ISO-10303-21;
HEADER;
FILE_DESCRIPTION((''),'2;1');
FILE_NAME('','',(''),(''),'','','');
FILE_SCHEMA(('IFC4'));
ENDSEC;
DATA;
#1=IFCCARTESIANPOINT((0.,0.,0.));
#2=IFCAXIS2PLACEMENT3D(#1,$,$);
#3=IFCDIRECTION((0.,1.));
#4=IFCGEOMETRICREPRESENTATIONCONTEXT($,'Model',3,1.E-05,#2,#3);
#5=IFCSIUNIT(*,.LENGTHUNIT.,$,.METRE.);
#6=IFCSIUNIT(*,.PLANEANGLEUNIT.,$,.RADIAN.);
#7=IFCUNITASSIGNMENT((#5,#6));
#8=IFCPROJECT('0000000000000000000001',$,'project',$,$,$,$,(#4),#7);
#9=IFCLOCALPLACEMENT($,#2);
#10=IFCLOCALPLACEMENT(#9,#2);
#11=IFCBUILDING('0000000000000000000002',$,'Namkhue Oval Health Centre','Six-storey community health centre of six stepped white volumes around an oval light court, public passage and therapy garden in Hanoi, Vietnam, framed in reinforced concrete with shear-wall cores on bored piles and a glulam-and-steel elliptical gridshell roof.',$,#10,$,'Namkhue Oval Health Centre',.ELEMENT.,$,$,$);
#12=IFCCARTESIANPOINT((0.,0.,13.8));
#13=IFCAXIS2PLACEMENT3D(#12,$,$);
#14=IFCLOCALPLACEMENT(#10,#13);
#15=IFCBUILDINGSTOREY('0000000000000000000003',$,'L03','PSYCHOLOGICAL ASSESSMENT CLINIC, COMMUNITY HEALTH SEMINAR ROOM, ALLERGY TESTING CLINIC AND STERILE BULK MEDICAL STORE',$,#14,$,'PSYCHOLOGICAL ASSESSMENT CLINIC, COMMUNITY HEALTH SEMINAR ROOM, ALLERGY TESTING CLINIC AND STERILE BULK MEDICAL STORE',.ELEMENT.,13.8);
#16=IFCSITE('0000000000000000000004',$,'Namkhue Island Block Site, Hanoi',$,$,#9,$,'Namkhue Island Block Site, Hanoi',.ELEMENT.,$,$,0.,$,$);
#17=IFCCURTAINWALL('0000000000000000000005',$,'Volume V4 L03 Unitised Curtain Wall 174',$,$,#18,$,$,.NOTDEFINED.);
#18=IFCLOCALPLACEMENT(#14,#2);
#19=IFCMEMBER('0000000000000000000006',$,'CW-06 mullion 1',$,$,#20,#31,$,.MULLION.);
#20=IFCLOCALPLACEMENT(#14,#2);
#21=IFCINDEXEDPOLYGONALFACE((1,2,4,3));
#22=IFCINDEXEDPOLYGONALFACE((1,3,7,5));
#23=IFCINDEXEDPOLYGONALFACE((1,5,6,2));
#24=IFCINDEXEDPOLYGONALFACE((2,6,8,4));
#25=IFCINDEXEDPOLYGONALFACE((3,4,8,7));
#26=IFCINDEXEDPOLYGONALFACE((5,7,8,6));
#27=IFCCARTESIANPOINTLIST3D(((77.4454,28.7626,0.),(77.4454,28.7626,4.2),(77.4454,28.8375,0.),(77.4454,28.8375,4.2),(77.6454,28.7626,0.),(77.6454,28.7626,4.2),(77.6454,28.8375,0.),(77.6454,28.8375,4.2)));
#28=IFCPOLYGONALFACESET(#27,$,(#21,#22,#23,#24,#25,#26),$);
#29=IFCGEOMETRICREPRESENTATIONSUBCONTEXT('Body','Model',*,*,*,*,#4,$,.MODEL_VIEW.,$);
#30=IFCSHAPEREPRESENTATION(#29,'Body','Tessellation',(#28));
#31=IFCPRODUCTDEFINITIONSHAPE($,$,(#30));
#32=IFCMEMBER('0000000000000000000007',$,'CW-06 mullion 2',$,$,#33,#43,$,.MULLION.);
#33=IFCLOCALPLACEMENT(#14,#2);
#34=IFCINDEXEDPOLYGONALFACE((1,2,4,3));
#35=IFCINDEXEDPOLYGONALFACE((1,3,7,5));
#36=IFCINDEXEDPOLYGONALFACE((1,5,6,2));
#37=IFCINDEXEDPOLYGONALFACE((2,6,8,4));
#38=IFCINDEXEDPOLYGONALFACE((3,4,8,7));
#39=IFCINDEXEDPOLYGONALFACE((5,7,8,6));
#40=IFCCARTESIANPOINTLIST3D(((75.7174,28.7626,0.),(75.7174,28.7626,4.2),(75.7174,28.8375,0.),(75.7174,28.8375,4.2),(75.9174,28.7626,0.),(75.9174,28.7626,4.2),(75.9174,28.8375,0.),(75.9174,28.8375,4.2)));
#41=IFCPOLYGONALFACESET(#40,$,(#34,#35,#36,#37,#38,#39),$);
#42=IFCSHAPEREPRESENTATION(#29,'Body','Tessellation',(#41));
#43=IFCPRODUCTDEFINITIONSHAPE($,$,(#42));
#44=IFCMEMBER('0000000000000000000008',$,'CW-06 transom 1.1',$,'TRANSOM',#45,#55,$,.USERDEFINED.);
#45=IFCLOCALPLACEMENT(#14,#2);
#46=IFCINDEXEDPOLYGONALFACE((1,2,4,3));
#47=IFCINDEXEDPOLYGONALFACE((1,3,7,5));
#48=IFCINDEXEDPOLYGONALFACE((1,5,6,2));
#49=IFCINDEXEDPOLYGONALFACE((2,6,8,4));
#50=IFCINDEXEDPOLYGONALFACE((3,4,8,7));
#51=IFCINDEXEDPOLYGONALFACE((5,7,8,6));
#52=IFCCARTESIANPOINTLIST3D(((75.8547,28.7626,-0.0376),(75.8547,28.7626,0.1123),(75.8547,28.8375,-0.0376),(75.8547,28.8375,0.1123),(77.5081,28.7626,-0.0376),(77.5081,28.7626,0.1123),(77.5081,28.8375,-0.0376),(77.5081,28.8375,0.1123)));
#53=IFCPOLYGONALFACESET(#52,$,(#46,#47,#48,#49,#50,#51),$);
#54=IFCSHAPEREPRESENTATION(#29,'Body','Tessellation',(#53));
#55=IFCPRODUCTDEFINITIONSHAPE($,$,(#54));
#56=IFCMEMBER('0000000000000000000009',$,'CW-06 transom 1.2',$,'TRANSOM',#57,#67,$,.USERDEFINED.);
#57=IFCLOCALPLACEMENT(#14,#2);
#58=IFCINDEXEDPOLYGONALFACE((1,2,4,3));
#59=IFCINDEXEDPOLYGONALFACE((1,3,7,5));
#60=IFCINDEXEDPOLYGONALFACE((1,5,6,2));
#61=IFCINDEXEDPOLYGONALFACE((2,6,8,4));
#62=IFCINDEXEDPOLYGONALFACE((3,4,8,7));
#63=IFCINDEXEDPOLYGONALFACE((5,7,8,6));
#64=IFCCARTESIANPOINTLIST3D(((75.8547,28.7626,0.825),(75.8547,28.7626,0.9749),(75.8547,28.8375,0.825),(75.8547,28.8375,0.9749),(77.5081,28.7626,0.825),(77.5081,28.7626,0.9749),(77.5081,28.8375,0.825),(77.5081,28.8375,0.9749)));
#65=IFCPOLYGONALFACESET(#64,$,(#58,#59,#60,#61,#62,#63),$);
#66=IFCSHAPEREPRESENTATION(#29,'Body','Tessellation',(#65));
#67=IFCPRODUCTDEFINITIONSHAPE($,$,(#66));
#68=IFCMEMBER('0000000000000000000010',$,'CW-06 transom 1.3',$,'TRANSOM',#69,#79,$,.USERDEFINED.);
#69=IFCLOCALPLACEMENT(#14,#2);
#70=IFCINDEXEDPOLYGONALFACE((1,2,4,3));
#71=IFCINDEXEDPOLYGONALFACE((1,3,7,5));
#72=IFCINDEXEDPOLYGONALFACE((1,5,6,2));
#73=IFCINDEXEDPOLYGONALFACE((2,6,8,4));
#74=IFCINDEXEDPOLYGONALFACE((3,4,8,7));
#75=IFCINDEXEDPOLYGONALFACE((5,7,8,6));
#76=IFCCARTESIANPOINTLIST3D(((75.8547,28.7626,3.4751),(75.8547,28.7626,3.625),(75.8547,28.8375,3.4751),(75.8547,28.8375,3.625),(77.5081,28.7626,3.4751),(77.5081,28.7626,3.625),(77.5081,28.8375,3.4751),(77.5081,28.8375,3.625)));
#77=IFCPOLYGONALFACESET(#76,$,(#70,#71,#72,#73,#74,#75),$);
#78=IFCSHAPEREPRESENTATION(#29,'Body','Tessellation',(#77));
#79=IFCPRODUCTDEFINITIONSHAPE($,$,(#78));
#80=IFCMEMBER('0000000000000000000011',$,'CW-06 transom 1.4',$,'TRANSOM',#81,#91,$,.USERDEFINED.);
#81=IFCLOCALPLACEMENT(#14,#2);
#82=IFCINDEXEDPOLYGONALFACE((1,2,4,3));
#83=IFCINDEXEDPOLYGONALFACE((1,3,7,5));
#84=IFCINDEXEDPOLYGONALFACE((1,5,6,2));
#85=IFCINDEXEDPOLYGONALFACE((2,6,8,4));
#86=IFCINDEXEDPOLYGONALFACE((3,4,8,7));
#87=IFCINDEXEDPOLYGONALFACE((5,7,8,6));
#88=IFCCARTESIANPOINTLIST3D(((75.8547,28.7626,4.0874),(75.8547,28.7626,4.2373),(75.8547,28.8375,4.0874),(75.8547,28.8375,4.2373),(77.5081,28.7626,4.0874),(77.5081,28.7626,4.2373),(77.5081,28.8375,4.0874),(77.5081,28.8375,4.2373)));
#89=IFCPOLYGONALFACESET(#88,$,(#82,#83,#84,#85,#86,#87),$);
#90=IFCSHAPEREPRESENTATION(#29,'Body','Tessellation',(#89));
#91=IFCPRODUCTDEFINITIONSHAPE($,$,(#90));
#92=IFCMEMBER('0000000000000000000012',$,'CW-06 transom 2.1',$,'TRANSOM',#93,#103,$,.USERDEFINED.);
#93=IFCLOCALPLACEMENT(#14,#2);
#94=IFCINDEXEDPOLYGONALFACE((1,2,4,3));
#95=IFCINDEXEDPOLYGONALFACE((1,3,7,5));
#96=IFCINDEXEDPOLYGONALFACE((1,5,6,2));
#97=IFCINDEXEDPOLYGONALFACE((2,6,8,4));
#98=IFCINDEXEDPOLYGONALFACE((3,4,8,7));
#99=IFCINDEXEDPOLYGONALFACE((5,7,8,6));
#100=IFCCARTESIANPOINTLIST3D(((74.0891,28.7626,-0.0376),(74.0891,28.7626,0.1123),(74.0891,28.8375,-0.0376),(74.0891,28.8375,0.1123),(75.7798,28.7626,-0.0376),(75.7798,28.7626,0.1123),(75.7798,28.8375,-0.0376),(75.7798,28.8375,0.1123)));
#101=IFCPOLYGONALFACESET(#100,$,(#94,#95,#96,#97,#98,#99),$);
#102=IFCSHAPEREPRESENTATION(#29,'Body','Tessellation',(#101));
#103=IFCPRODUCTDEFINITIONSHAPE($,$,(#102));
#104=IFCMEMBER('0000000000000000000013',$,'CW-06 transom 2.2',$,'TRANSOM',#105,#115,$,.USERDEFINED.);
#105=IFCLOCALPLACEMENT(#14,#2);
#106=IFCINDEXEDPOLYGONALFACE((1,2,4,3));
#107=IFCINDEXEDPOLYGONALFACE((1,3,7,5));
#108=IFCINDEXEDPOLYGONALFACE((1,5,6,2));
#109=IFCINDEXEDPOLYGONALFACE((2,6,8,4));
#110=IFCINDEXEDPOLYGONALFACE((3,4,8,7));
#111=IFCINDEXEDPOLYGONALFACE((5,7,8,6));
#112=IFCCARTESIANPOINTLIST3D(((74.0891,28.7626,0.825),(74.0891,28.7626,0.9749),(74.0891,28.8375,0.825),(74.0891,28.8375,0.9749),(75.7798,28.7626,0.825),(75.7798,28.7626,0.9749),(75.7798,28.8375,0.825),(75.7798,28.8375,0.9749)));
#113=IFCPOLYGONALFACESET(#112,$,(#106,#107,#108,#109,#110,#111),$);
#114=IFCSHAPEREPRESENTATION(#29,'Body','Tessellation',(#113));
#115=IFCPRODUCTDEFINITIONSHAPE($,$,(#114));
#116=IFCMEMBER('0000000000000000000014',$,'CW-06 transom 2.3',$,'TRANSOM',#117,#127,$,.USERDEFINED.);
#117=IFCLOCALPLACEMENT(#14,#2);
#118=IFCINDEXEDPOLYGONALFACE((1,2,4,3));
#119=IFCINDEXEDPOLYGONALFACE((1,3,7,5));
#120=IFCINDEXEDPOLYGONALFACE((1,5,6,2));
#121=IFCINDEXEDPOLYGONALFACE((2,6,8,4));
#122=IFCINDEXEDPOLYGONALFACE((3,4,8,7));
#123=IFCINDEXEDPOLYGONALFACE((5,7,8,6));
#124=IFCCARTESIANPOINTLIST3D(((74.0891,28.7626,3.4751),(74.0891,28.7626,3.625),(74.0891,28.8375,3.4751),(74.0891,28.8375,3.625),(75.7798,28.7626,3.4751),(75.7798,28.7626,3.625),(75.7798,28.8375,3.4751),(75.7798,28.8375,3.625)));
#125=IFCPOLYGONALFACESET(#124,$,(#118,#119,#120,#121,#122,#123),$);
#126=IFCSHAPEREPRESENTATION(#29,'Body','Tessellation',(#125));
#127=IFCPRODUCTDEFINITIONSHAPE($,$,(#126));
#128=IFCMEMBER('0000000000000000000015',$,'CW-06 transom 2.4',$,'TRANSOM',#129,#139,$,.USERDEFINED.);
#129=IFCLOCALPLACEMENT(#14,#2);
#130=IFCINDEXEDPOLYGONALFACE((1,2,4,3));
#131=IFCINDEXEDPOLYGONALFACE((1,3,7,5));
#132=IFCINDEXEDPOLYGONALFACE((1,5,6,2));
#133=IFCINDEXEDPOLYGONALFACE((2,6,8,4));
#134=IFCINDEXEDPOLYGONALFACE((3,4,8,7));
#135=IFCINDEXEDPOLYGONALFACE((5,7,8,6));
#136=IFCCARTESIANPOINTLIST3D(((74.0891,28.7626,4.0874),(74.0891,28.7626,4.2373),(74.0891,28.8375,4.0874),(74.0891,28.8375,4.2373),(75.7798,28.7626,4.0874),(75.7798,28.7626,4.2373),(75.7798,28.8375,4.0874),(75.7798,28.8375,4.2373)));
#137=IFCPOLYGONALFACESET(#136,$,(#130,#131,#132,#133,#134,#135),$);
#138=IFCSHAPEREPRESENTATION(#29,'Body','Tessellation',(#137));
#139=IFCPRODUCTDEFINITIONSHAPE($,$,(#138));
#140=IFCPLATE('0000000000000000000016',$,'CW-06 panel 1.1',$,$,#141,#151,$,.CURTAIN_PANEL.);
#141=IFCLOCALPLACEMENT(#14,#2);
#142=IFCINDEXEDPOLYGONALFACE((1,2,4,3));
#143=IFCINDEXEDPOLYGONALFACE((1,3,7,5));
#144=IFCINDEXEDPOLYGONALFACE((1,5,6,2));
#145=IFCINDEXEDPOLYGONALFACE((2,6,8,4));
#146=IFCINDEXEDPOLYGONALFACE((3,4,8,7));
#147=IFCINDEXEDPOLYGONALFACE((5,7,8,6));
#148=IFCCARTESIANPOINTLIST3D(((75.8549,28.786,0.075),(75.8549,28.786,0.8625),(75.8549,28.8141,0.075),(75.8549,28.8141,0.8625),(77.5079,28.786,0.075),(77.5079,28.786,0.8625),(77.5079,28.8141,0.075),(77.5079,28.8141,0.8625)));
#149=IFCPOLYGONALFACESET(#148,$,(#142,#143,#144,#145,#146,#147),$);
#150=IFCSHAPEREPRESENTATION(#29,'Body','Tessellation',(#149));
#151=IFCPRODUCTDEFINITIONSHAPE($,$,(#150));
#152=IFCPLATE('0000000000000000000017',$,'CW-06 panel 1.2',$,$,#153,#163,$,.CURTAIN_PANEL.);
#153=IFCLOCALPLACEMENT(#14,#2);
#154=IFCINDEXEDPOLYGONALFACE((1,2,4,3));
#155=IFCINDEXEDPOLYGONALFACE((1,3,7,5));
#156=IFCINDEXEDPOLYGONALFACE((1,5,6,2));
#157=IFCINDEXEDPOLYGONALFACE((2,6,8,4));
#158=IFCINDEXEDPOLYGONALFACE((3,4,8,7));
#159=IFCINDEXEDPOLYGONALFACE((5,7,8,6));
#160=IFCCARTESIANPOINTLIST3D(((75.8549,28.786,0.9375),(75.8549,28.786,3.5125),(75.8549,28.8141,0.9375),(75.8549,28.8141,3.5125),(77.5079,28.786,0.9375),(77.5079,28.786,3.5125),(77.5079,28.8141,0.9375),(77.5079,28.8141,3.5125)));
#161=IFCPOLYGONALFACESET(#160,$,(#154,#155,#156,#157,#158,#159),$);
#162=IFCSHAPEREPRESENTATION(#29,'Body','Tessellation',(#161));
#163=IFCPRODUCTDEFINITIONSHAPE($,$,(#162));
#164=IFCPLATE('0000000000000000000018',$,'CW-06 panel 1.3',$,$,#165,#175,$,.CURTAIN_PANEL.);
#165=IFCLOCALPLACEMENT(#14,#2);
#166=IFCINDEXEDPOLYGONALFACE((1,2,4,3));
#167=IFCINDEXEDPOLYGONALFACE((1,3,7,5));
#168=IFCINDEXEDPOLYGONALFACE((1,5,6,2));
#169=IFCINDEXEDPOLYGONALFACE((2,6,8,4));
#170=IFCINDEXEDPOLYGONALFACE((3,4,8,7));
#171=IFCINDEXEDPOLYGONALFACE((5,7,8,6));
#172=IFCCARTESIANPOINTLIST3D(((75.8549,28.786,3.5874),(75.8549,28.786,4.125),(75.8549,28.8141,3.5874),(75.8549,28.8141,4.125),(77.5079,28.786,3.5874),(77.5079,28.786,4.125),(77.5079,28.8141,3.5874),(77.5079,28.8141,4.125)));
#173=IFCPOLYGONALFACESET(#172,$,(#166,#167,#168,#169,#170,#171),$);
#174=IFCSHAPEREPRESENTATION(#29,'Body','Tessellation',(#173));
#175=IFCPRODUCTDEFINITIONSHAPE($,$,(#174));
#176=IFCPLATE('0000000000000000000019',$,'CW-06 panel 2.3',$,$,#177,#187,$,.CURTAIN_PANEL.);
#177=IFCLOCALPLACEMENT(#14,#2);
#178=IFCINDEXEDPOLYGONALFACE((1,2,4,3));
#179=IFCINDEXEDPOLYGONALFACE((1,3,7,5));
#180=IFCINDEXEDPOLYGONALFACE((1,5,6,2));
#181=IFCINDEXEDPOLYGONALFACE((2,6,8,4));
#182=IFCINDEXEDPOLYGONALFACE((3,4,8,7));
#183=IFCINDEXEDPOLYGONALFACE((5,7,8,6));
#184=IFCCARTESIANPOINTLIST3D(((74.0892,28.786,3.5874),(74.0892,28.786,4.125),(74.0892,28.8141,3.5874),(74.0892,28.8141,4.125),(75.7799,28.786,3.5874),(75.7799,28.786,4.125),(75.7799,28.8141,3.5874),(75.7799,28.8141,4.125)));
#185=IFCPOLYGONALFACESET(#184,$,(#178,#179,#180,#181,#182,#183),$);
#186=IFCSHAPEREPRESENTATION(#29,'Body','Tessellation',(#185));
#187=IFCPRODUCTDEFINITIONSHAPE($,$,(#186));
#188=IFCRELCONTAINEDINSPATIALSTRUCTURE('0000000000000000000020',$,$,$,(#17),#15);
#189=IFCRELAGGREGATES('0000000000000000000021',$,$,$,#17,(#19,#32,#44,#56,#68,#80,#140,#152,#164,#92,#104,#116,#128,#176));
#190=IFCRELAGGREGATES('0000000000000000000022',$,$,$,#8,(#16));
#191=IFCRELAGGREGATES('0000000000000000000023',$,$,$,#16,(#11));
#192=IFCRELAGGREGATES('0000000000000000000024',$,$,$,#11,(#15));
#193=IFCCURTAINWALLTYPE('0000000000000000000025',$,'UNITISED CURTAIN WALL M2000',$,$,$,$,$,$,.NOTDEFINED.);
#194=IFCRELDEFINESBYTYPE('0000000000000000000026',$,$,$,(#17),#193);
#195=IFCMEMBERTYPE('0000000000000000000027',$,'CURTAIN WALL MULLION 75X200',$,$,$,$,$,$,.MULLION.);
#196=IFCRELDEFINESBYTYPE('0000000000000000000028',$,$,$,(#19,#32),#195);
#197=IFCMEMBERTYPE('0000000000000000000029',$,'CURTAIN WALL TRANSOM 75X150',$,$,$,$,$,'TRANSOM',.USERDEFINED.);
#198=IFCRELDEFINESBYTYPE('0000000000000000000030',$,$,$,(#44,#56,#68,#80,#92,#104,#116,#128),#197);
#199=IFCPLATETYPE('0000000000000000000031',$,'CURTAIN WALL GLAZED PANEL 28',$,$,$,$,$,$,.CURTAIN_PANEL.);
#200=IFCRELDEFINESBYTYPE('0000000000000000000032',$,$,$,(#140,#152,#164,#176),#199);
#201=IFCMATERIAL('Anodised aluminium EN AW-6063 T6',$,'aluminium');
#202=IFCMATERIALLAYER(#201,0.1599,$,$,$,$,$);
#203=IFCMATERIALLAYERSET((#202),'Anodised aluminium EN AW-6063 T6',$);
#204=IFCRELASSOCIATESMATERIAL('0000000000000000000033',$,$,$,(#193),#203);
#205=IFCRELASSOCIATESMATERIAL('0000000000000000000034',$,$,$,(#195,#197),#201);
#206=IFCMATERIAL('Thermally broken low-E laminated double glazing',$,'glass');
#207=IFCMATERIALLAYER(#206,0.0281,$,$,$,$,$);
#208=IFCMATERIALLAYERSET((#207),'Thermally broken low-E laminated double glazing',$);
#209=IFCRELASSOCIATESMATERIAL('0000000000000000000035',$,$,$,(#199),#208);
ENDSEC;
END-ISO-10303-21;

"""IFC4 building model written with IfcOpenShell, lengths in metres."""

from ifc_helpers import new_model, si_unit, direction, frame, origin, origin_2d, place, context, subcontext, project, spatial, rectangle, extrude, material, layer, layer_set, material_profile, profile_set, type_object, element, aggregate, save


model = new_model("IFC4")

# Units and contexts
model_context = context("Model", 3, precision=1e-05, world=origin(), true_north=direction((0.0, 1.0)))
body_context = subcontext(model_context, "Body", "Model", "MODEL_VIEW")
ifc_project = project(units=[si_unit("LENGTHUNIT", "METRE"), si_unit("PLANEANGLEUNIT", "RADIAN")], contexts=[model_context])

# Site, building, storey
site_placement = place(None, origin())
site = spatial("IfcSite", under=ifc_project, at=site_placement, Name="Namkhue Island Block Site, Hanoi", LongName="Namkhue Island Block Site, Hanoi", CompositionType="ELEMENT", RefElevation=0.0)
building_placement = place(site_placement, origin())
building = spatial("IfcBuilding", under=site, at=building_placement, Name="Namkhue Oval Health Centre", Description="Six-storey community health centre of six stepped white volumes around an oval light court, public passage and therapy garden in Hanoi, Vietnam, framed in reinforced concrete with shear-wall cores on bored piles and a glulam-and-steel elliptical gridshell roof.", LongName="Namkhue Oval Health Centre", CompositionType="ELEMENT")
storey_placement = place(building_placement, frame((0.0, 0.0, 13.8)))
storey = spatial("IfcBuildingStorey", under=building, at=storey_placement, Name="L03", Description="PSYCHOLOGICAL ASSESSMENT CLINIC, COMMUNITY HEALTH SEMINAR ROOM, ALLERGY TESTING CLINIC AND STERILE BULK MEDICAL STORE", LongName="PSYCHOLOGICAL ASSESSMENT CLINIC, COMMUNITY HEALTH SEMINAR ROOM, ALLERGY TESTING CLINIC AND STERILE BULK MEDICAL STORE", CompositionType="ELEMENT", Elevation=13.8)

# Shared definitions
ifc_material_1 = material(Name="Anodised aluminium EN AW-6063 T6", Category="aluminium")

# Curtain wall, members, plates
ifc_layer_1 = layer(ifc_material_1, 0.1599)
ifc_layer_set_1 = layer_set([ifc_layer_1], Name="Anodised aluminium EN AW-6063 T6")
curtain_wall_type_1 = type_object("IfcCurtainWallType", Name="UNITISED CURTAIN WALL M2000", PredefinedType="NOTDEFINED", material=ifc_layer_set_1)
curtain_wall_1_placement = place(storey_placement, origin())
curtain_wall_1 = element("IfcCurtainWall", 1, at=curtain_wall_1_placement, inside=storey, type_object=curtain_wall_type_1, Name="Volume V4 L03 Unitised Curtain Wall 174", PredefinedType="NOTDEFINED")
ifc_material_profile_1 = material_profile(ifc_material_1, rectangle(XDim=0.075, YDim=0.2, at=origin_2d()), Name="ALU 75x200")
ifc_profile_set_1 = profile_set([ifc_material_profile_1], Name="Anodised aluminium EN AW-6063 T6")
member_type_1 = type_object("IfcMemberType", Name="CURTAIN WALL MULLION 75X200", PredefinedType="MULLION", material=ifc_profile_set_1)
member_1_placement = place(storey_placement, frame((77.5454, 28.8, 0.0), z_axis=(0.0, 0.0, 1.0), x_axis=(0.0, -1.0, 0.0)))
member_1 = element("IfcMember", 2, at=member_1_placement, type_object=member_type_1, Name="CW-06 mullion 1", PredefinedType="MULLION", context=body_context, shape_type="SweptSolid", body=[
    extrude(rectangle(XDim=0.075, YDim=0.2, at=origin_2d()), origin(), (0.0, 0.0, 1.0), 4.2),
])
member_2_placement = place(storey_placement, frame((75.8174, 28.8, 0.0), z_axis=(0.0, 0.0, 1.0), x_axis=(0.0, -1.0, 0.0)))
member_2 = element("IfcMember", 3, at=member_2_placement, type_object=member_type_1, Name="CW-06 mullion 2", PredefinedType="MULLION", context=body_context, shape_type="SweptSolid", body=[
    extrude(rectangle(XDim=0.075, YDim=0.2, at=origin_2d()), origin(), (0.0, 0.0, 1.0), 4.2),
])
ifc_material_profile_2 = material_profile(ifc_material_1, rectangle(XDim=0.075, YDim=0.1499, at=origin_2d()), Name="ALU 75x150")
ifc_profile_set_2 = profile_set([ifc_material_profile_2], Name="Anodised aluminium EN AW-6063 T6")
member_type_2 = type_object("IfcMemberType", Name="CURTAIN WALL TRANSOM 75X150", ElementType="TRANSOM", PredefinedType="USERDEFINED", material=ifc_profile_set_2)
member_3_placement = place(storey_placement, frame((77.5081, 28.8, 0.0374), z_axis=(-1.0, 0.0, 0.0), x_axis=(0.0, -1.0, 0.0)))
member_3 = element("IfcMember", 4, at=member_3_placement, type_object=member_type_2, Name="CW-06 transom 1.1", ObjectType="TRANSOM", PredefinedType="USERDEFINED", context=body_context, shape_type="SweptSolid", body=[
    extrude(rectangle(XDim=0.075, YDim=0.1499, at=origin_2d()), origin(), (0.0, 0.0, 1.0), 1.6533),
])
member_4_placement = place(storey_placement, frame((77.5081, 28.8, 0.8999), z_axis=(-1.0, 0.0, 0.0), x_axis=(0.0, -1.0, 0.0)))
member_4 = element("IfcMember", 5, at=member_4_placement, type_object=member_type_2, Name="CW-06 transom 1.2", ObjectType="TRANSOM", PredefinedType="USERDEFINED", context=body_context, shape_type="SweptSolid", body=[
    extrude(rectangle(XDim=0.075, YDim=0.1499, at=origin_2d()), origin(), (0.0, 0.0, 1.0), 1.6533),
])
member_5_placement = place(storey_placement, frame((77.5081, 28.8, 3.55), z_axis=(-1.0, 0.0, 0.0), x_axis=(0.0, -1.0, 0.0)))
member_5 = element("IfcMember", 6, at=member_5_placement, type_object=member_type_2, Name="CW-06 transom 1.3", ObjectType="TRANSOM", PredefinedType="USERDEFINED", context=body_context, shape_type="SweptSolid", body=[
    extrude(rectangle(XDim=0.075, YDim=0.1499, at=origin_2d()), origin(), (0.0, 0.0, 1.0), 1.6533),
])
member_6_placement = place(storey_placement, frame((77.5081, 28.8, 4.1624), z_axis=(-1.0, 0.0, 0.0), x_axis=(0.0, -1.0, 0.0)))
member_6 = element("IfcMember", 7, at=member_6_placement, type_object=member_type_2, Name="CW-06 transom 1.4", ObjectType="TRANSOM", PredefinedType="USERDEFINED", context=body_context, shape_type="SweptSolid", body=[
    extrude(rectangle(XDim=0.075, YDim=0.1499, at=origin_2d()), origin(), (0.0, 0.0, 1.0), 1.6533),
])
member_7_placement = place(storey_placement, frame((75.7798, 28.8, 0.0374), z_axis=(-1.0, 0.0, 0.0), x_axis=(0.0, -1.0, 0.0)))
member_7 = element("IfcMember", 8, at=member_7_placement, type_object=member_type_2, Name="CW-06 transom 2.1", ObjectType="TRANSOM", PredefinedType="USERDEFINED", context=body_context, shape_type="SweptSolid", body=[
    extrude(rectangle(XDim=0.075, YDim=0.1499, at=origin_2d()), origin(), (0.0, 0.0, 1.0), 1.6907),
])
member_8_placement = place(storey_placement, frame((75.7798, 28.8, 0.8999), z_axis=(-1.0, 0.0, 0.0), x_axis=(0.0, -1.0, 0.0)))
member_8 = element("IfcMember", 9, at=member_8_placement, type_object=member_type_2, Name="CW-06 transom 2.2", ObjectType="TRANSOM", PredefinedType="USERDEFINED", context=body_context, shape_type="SweptSolid", body=[
    extrude(rectangle(XDim=0.075, YDim=0.1499, at=origin_2d()), origin(), (0.0, 0.0, 1.0), 1.6907),
])
member_9_placement = place(storey_placement, frame((75.7798, 28.8, 3.55), z_axis=(-1.0, 0.0, 0.0), x_axis=(0.0, -1.0, 0.0)))
member_9 = element("IfcMember", 10, at=member_9_placement, type_object=member_type_2, Name="CW-06 transom 2.3", ObjectType="TRANSOM", PredefinedType="USERDEFINED", context=body_context, shape_type="SweptSolid", body=[
    extrude(rectangle(XDim=0.075, YDim=0.1499, at=origin_2d()), origin(), (0.0, 0.0, 1.0), 1.6907),
])
member_10_placement = place(storey_placement, frame((75.7798, 28.8, 4.1624), z_axis=(-1.0, 0.0, 0.0), x_axis=(0.0, -1.0, 0.0)))
member_10 = element("IfcMember", 11, at=member_10_placement, type_object=member_type_2, Name="CW-06 transom 2.4", ObjectType="TRANSOM", PredefinedType="USERDEFINED", context=body_context, shape_type="SweptSolid", body=[
    extrude(rectangle(XDim=0.075, YDim=0.1499, at=origin_2d()), origin(), (0.0, 0.0, 1.0), 1.6907),
])
ifc_material_2 = material(Name="Thermally broken low-E laminated double glazing", Category="glass")
ifc_layer_2 = layer(ifc_material_2, 0.0281)
ifc_layer_set_2 = layer_set([ifc_layer_2], Name="Thermally broken low-E laminated double glazing")
plate_type = type_object("IfcPlateType", Name="CURTAIN WALL GLAZED PANEL 28", PredefinedType="CURTAIN_PANEL", material=ifc_layer_set_2)
plate_1_placement = place(storey_placement, frame((76.6814, 28.8, 0.075), z_axis=(0.0, 0.0, 1.0), x_axis=(-1.0, 0.0, 0.0)))
plate_1 = element("IfcPlate", 12, at=plate_1_placement, type_object=plate_type, Name="CW-06 panel 1.1", PredefinedType="CURTAIN_PANEL", context=body_context, shape_type="SweptSolid", body=[
    extrude(rectangle(XDim=1.6531, YDim=0.0281, at=origin_2d()), origin(), (0.0, 0.0, 1.0), 0.7876),
])
plate_2_placement = place(storey_placement, frame((76.6814, 28.8, 0.9375), z_axis=(0.0, 0.0, 1.0), x_axis=(-1.0, 0.0, 0.0)))
plate_2 = element("IfcPlate", 13, at=plate_2_placement, type_object=plate_type, Name="CW-06 panel 1.2", PredefinedType="CURTAIN_PANEL", context=body_context, shape_type="SweptSolid", body=[
    extrude(rectangle(XDim=1.6531, YDim=0.0281, at=origin_2d()), origin(), (0.0, 0.0, 1.0), 2.575),
])
plate_3_placement = place(storey_placement, frame((76.6814, 28.8, 3.5874), z_axis=(0.0, 0.0, 1.0), x_axis=(-1.0, 0.0, 0.0)))
plate_3 = element("IfcPlate", 14, at=plate_3_placement, type_object=plate_type, Name="CW-06 panel 1.3", PredefinedType="CURTAIN_PANEL", context=body_context, shape_type="SweptSolid", body=[
    extrude(rectangle(XDim=1.6531, YDim=0.0281, at=origin_2d()), origin(), (0.0, 0.0, 1.0), 0.5376),
])
plate_4_placement = place(storey_placement, frame((74.9346, 28.8, 3.5874), z_axis=(0.0, 0.0, 1.0), x_axis=(-1.0, 0.0, 0.0)))
plate_4 = element("IfcPlate", 15, at=plate_4_placement, type_object=plate_type, Name="CW-06 panel 2.3", PredefinedType="CURTAIN_PANEL", context=body_context, shape_type="SweptSolid", body=[
    extrude(rectangle(XDim=1.6907, YDim=0.0281, at=origin_2d()), origin(), (0.0, 0.0, 1.0), 0.5376),
])
aggregate(curtain_wall_1, [member_1, member_2, member_3, member_4, member_5, member_6, plate_1, plate_2, plate_3, member_7, member_8, member_9, member_10, plate_4])

save(model, "model.ifc")
